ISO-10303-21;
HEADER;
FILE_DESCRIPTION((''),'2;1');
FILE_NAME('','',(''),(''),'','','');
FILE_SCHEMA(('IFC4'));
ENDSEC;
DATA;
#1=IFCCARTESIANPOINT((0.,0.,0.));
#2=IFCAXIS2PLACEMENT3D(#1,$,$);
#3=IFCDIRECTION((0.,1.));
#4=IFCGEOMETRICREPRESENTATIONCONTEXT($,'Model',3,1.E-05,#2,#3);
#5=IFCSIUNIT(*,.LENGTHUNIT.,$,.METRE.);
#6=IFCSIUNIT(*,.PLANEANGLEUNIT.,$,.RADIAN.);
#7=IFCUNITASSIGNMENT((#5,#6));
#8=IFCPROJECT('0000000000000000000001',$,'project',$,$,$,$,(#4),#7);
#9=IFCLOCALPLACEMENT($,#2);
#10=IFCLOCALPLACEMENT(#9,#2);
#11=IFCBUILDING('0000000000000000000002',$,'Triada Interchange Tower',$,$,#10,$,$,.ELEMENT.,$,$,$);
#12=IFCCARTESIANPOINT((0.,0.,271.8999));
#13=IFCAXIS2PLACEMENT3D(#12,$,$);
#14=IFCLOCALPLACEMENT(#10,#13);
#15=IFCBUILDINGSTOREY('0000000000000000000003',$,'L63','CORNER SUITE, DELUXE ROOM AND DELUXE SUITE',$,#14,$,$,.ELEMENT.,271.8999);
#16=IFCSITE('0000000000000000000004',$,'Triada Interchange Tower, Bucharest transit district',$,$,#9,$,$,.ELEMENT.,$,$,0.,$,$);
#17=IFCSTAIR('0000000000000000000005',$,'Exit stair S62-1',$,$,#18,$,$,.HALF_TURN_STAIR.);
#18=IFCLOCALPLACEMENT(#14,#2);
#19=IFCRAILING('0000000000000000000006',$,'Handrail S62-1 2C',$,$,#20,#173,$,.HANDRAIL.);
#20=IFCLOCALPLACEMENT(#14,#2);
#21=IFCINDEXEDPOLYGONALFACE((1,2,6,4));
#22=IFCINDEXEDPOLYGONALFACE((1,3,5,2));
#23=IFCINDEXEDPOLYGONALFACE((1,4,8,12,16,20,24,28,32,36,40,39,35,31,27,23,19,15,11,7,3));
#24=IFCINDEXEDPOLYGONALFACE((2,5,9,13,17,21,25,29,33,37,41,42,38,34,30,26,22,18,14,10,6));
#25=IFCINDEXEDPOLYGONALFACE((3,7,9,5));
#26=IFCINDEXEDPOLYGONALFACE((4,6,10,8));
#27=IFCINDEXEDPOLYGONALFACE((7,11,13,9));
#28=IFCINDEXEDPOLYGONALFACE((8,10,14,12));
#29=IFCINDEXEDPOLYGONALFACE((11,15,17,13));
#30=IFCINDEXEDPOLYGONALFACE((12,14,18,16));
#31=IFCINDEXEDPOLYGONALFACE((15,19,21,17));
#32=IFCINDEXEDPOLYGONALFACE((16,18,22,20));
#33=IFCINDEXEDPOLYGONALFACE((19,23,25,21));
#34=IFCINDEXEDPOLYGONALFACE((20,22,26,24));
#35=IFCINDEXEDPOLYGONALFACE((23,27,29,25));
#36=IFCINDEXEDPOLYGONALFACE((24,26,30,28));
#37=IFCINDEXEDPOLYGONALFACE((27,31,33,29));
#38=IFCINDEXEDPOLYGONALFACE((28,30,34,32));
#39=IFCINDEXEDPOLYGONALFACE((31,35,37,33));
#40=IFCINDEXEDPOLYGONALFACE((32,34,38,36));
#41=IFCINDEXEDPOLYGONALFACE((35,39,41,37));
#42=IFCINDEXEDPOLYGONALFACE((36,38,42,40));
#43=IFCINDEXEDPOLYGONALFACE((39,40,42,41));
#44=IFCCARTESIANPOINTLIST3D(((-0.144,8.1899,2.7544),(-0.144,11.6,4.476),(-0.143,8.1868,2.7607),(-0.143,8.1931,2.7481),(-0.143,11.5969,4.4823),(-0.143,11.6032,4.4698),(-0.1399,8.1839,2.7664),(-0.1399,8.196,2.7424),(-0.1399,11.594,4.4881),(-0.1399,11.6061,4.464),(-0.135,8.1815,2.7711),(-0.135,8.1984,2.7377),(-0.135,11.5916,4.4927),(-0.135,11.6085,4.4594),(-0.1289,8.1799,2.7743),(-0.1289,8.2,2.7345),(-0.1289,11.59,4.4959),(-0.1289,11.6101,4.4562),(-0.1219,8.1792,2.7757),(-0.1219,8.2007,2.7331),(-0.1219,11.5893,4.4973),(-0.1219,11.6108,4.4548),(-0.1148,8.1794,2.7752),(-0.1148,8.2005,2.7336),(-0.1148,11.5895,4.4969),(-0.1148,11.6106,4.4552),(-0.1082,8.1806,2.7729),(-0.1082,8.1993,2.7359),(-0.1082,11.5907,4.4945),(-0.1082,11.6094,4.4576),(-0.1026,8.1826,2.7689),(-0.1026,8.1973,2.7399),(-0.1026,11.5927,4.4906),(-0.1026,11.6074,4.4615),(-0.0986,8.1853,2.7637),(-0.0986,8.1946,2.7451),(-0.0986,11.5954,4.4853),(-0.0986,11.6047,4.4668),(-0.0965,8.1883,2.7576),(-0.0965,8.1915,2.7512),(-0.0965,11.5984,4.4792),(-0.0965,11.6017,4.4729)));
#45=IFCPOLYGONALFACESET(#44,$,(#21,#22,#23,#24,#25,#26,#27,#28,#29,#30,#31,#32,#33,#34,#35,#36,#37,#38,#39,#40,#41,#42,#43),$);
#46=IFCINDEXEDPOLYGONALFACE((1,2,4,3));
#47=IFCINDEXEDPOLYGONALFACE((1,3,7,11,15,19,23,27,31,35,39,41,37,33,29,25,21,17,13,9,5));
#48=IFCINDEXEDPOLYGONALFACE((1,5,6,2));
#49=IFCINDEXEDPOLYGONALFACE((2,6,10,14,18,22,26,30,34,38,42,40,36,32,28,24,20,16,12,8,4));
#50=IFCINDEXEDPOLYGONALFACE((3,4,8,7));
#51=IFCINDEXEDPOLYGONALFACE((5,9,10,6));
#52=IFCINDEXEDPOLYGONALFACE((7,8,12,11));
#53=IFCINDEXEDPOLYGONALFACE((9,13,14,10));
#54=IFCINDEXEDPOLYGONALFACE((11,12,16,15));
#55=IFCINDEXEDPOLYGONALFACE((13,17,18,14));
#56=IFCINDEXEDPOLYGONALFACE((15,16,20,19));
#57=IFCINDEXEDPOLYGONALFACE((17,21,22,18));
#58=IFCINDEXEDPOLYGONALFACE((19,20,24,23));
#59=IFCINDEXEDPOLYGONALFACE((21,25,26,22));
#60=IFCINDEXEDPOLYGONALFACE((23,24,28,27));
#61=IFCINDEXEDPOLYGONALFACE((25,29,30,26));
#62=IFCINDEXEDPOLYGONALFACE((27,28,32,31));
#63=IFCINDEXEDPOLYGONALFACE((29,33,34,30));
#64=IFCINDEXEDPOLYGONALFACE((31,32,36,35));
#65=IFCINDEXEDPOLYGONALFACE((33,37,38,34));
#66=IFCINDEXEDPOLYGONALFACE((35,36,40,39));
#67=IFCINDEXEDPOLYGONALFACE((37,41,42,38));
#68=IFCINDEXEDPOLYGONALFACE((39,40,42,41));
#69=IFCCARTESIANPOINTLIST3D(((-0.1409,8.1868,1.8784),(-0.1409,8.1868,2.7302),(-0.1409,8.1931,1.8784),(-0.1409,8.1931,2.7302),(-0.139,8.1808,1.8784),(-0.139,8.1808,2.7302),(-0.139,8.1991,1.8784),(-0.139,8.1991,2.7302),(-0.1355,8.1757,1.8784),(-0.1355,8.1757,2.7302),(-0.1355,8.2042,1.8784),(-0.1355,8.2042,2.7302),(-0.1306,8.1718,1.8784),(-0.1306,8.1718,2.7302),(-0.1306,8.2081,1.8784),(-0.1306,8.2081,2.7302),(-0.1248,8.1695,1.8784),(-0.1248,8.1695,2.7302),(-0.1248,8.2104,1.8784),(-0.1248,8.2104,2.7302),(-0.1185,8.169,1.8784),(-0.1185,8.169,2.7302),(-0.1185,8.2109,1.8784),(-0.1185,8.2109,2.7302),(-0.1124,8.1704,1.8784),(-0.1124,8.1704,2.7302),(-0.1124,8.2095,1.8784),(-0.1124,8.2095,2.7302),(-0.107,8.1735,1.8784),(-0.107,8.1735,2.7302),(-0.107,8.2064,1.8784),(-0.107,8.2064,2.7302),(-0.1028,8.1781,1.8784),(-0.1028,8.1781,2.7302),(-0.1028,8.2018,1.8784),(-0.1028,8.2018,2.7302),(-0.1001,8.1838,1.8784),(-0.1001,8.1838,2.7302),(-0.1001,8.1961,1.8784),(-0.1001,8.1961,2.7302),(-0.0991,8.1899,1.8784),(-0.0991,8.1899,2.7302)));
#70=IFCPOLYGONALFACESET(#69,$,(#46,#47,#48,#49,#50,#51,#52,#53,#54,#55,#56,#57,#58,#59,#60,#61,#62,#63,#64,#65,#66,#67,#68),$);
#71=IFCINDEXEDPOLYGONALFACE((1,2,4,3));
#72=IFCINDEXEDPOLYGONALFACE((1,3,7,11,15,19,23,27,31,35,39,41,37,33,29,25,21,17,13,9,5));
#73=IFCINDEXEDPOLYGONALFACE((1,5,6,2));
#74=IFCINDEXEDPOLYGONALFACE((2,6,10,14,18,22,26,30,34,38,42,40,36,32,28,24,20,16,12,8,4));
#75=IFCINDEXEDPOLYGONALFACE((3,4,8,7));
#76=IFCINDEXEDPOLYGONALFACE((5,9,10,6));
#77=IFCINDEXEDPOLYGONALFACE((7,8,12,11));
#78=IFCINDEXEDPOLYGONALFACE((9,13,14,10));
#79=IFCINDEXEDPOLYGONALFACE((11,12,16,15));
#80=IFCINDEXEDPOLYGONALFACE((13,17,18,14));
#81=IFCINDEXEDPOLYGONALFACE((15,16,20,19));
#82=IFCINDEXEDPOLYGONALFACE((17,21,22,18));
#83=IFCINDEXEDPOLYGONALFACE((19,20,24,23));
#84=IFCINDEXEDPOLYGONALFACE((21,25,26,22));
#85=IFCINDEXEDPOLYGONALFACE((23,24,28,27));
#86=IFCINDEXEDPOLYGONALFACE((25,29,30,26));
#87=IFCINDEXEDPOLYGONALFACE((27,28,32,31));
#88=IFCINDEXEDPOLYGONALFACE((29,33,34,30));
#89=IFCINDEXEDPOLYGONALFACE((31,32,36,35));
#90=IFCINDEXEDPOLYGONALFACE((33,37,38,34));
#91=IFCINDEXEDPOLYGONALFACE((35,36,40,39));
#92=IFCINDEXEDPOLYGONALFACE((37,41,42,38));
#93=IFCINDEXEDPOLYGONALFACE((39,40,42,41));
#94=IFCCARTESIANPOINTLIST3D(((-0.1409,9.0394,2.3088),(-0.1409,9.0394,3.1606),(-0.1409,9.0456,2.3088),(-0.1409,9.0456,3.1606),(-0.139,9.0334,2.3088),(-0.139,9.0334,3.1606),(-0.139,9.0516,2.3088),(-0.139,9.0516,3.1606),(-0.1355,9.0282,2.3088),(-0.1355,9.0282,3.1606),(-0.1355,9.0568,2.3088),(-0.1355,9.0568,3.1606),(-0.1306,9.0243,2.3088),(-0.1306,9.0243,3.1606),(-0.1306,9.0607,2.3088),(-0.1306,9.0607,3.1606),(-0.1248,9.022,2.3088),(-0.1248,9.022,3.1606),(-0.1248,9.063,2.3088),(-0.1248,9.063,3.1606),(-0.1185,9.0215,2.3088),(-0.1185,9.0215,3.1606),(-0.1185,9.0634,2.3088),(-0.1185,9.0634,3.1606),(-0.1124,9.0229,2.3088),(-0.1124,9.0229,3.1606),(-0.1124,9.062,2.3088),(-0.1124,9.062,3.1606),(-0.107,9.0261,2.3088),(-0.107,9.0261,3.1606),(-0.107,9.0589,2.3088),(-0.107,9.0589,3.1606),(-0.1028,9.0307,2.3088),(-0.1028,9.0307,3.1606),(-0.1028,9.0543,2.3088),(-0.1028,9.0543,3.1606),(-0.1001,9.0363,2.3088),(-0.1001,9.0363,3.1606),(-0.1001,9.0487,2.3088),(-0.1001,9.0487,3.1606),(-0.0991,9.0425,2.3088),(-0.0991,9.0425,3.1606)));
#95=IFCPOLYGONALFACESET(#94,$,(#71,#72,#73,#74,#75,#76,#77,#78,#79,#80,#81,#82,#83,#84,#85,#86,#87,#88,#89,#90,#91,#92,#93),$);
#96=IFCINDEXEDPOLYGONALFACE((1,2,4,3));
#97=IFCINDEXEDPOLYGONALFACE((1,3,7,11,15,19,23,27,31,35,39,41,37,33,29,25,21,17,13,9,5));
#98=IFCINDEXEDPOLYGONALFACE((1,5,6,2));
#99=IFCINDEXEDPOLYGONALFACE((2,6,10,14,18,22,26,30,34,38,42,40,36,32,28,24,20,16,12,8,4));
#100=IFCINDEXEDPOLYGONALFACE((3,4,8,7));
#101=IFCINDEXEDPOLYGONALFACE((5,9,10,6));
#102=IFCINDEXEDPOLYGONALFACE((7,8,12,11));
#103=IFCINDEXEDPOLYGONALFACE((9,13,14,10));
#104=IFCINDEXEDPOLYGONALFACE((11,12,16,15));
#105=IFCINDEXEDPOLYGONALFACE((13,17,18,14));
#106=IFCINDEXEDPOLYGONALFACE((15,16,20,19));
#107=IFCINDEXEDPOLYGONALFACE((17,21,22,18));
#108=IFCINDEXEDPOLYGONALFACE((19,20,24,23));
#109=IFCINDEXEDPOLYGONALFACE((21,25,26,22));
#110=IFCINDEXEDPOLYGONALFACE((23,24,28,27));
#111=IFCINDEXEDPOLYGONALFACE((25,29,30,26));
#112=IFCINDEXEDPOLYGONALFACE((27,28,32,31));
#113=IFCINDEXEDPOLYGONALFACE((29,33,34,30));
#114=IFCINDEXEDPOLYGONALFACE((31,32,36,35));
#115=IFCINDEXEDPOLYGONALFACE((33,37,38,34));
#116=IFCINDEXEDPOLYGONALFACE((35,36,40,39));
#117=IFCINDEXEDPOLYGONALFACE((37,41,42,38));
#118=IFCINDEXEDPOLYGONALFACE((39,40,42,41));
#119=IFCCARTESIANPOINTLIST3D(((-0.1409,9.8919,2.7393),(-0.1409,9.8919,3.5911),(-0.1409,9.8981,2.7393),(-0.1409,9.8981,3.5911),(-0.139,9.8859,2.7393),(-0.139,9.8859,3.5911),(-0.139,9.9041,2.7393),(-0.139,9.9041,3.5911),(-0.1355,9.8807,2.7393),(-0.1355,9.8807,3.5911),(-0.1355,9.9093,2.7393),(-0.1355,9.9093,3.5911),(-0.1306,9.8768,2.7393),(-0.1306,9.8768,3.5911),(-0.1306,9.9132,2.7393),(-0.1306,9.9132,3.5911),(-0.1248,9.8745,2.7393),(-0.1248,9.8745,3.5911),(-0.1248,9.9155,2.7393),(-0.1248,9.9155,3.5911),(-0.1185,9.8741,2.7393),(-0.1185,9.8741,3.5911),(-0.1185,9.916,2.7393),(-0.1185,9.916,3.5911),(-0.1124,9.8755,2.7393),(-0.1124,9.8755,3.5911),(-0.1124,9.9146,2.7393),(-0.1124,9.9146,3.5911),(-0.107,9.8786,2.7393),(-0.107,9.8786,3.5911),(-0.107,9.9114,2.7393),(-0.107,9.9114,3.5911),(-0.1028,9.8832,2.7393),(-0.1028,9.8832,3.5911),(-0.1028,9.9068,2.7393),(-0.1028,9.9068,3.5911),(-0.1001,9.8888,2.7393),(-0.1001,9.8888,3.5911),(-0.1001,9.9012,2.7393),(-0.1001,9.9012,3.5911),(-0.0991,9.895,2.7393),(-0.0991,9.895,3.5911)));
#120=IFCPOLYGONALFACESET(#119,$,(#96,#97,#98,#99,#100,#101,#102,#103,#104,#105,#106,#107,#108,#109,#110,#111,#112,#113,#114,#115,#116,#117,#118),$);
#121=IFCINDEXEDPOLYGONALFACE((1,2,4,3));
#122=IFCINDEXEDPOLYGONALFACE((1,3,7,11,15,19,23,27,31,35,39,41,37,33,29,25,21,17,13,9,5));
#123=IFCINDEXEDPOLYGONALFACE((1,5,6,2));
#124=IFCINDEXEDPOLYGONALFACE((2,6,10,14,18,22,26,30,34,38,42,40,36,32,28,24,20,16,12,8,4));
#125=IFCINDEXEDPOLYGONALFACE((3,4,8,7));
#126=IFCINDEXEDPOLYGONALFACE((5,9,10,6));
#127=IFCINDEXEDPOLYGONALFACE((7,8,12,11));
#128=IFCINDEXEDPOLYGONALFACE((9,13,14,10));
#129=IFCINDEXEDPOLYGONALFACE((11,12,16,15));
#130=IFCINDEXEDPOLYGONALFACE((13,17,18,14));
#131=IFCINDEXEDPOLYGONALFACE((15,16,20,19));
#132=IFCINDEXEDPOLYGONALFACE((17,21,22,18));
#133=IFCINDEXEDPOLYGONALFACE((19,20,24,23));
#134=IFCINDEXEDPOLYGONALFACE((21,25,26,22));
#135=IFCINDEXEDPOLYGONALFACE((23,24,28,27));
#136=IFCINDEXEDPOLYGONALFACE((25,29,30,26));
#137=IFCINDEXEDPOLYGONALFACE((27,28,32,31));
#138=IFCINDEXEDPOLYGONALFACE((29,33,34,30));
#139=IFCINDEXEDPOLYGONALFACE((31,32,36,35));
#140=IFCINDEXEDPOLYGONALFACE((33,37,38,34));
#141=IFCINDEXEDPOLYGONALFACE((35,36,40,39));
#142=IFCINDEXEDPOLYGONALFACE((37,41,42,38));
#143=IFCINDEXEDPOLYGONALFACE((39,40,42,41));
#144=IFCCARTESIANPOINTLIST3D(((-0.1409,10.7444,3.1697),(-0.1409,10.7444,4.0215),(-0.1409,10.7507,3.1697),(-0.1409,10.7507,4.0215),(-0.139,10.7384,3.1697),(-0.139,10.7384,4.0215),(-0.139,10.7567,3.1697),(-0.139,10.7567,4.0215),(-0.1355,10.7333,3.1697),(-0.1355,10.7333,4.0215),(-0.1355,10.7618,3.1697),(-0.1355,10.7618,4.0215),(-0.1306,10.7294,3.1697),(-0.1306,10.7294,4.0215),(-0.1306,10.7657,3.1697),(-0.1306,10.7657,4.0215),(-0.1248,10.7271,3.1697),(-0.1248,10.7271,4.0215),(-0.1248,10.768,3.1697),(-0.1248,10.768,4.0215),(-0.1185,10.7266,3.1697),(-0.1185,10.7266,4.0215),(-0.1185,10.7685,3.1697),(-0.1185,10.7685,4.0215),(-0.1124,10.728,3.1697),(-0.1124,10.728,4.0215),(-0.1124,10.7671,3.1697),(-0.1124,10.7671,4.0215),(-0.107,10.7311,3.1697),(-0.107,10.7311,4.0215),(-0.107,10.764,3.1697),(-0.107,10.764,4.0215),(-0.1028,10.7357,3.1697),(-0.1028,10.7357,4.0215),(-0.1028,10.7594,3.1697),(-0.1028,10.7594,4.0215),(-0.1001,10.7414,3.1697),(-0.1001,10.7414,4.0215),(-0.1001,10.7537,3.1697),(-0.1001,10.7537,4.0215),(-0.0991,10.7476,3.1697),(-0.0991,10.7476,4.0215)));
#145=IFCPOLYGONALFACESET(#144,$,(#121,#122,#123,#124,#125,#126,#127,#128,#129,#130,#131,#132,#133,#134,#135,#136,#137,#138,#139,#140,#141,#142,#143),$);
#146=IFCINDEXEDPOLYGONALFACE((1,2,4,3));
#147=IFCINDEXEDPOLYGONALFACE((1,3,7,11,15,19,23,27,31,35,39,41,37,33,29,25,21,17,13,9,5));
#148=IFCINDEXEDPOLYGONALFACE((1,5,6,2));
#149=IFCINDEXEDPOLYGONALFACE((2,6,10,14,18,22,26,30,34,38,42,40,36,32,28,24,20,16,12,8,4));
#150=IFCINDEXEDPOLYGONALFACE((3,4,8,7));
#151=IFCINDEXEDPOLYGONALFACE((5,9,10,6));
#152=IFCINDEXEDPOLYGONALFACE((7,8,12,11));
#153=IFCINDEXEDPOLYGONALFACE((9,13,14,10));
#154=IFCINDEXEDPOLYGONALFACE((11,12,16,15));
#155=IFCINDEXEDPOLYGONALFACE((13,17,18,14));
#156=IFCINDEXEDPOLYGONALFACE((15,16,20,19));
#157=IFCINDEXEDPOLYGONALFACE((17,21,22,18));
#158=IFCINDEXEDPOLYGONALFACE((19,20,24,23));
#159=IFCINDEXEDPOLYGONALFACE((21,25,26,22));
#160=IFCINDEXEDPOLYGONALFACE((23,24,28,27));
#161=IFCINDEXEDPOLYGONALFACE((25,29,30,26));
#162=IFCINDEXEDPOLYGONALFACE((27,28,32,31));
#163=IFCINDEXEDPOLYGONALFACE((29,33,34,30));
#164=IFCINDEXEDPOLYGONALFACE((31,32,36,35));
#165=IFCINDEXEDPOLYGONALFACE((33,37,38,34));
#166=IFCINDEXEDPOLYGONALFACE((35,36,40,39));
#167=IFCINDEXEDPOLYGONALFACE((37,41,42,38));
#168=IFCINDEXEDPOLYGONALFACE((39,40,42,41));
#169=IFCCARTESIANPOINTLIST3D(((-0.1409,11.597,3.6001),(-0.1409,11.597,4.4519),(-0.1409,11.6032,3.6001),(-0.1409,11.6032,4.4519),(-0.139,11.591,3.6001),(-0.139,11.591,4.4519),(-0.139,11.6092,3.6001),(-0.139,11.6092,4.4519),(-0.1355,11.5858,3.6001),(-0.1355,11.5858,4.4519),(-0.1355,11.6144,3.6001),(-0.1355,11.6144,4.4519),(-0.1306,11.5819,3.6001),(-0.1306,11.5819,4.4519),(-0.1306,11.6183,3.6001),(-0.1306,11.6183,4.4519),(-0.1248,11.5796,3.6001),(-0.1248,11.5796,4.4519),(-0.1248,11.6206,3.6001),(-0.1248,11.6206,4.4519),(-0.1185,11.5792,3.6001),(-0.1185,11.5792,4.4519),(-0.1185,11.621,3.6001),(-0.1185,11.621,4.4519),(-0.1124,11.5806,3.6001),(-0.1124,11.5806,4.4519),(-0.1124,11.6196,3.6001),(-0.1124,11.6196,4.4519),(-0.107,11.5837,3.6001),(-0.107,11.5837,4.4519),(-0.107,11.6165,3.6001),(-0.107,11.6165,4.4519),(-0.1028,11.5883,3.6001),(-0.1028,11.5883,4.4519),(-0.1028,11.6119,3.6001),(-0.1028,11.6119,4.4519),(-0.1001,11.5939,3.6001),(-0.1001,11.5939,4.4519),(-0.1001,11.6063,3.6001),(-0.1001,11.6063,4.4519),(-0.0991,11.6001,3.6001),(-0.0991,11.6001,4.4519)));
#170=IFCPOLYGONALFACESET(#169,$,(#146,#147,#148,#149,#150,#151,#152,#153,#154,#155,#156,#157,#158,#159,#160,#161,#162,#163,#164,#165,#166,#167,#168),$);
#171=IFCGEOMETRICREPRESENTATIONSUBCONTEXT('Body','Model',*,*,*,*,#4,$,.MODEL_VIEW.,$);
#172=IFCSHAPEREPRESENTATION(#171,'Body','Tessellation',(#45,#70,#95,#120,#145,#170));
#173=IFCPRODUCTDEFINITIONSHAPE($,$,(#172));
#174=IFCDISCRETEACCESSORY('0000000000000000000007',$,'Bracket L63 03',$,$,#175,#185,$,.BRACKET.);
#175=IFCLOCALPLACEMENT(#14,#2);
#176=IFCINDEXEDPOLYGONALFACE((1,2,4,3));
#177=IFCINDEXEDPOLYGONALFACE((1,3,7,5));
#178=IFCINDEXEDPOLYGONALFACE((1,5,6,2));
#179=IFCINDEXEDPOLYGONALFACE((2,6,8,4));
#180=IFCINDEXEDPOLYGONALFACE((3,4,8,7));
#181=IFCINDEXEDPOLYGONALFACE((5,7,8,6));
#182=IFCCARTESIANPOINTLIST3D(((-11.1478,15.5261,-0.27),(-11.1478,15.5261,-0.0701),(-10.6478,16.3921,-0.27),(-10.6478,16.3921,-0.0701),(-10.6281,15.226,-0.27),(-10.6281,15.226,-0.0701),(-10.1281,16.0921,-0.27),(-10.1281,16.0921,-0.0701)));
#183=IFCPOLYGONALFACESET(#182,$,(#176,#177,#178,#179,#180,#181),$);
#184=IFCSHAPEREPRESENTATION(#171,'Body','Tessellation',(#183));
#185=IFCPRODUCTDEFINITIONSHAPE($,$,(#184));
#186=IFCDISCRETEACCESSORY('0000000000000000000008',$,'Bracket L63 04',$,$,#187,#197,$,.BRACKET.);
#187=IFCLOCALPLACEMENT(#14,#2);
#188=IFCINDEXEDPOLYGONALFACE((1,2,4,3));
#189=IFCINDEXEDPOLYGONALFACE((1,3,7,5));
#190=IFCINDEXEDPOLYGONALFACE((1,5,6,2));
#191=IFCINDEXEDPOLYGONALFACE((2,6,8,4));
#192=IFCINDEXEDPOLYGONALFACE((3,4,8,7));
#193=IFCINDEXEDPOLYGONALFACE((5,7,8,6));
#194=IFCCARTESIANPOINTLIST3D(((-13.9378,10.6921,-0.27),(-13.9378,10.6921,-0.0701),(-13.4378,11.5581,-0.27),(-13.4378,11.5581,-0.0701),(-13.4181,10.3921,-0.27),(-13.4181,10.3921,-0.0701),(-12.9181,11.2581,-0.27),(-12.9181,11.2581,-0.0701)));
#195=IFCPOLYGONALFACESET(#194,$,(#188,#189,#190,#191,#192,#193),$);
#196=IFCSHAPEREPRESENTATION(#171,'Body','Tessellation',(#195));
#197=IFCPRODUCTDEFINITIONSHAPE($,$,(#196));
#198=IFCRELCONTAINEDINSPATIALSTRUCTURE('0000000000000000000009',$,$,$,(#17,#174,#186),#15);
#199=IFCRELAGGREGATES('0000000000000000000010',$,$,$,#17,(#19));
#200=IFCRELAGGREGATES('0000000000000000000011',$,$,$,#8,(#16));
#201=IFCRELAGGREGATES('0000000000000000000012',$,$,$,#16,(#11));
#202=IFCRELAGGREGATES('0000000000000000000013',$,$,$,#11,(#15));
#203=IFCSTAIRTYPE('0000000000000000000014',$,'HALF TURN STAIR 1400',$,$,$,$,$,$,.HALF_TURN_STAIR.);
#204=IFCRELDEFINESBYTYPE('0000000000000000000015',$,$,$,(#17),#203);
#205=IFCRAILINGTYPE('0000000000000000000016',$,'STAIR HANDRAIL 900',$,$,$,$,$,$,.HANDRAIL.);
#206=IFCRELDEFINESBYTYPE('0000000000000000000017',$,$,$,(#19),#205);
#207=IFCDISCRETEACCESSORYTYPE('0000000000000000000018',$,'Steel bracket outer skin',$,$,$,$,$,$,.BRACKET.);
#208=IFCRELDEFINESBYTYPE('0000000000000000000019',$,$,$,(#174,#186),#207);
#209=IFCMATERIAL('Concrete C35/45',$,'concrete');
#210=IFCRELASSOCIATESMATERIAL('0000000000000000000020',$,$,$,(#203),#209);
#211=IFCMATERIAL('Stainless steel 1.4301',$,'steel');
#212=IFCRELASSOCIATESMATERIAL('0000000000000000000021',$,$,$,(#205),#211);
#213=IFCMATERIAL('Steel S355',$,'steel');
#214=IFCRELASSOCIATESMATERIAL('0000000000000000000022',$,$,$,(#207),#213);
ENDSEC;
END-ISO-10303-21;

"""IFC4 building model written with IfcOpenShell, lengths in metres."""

from ifc_helpers import new_model, si_unit, direction, frame, origin, origin_2d, place, context, subcontext, project, spatial, rectangle, circle, extrude, material, type_object, element, aggregate, save


model = new_model("IFC4")

# Units and contexts
model_context = context("Model", 3, precision=1e-05, world=origin(), true_north=direction((0.0, 1.0)))
body_context = subcontext(model_context, "Body", "Model", "MODEL_VIEW")
ifc_project = project(units=[si_unit("LENGTHUNIT", "METRE"), si_unit("PLANEANGLEUNIT", "RADIAN")], contexts=[model_context])

# Site, building, storey
site_placement = place(None, origin())
site = spatial("IfcSite", under=ifc_project, at=site_placement, Name="Triada Interchange Tower, Bucharest transit district", CompositionType="ELEMENT", RefElevation=0.0)
building_placement = place(site_placement, origin())
building = spatial("IfcBuilding", under=site, at=building_placement, Name="Triada Interchange Tower", CompositionType="ELEMENT")
storey_placement = place(building_placement, frame((0.0, 0.0, 271.8999)))
storey = spatial("IfcBuildingStorey", under=building, at=storey_placement, Name="L63", Description="CORNER SUITE, DELUXE ROOM AND DELUXE SUITE", CompositionType="ELEMENT", Elevation=271.8999)

# Stair
ifc_material_1 = material(Name="Concrete C35/45", Category="concrete")
stair_type = type_object("IfcStairType", Name="HALF TURN STAIR 1400", PredefinedType="HALF_TURN_STAIR", material=ifc_material_1)
stair_placement = place(storey_placement, origin())
stair = element("IfcStair", 1, at=stair_placement, inside=storey, type_object=stair_type, Name="Exit stair S62-1", PredefinedType="HALF_TURN_STAIR")

# Railing
ifc_material_2 = material(Name="Stainless steel 1.4301", Category="steel")
railing_type = type_object("IfcRailingType", Name="STAIR HANDRAIL 900", PredefinedType="HANDRAIL", material=ifc_material_2)
railing_1_placement = place(storey_placement, frame((-0.1201, 8.1899, 1.8784)))
railing_1 = element("IfcRailing", 2, at=railing_1_placement, type_object=railing_type, Name="Handrail S62-1 2C", PredefinedType="HANDRAIL", context=body_context, shape_type="SweptSolid", body=[
    extrude(circle(Radius=0.0239, at=origin_2d()), frame((0.0, 0.0, 0.876), z_axis=(0.0, 0.892682, 0.450687), x_axis=(-1.0, 0.0, 0.0)), (0.0, 0.0, 1.0), 3.8201),
    extrude(circle(Radius=0.021, at=origin_2d()), origin(), (0.0, 0.0, 1.0), 0.8518),
    extrude(circle(Radius=0.021, at=origin_2d()), frame((0.0, 0.8525, 0.4304)), (0.0, 0.0, 1.0), 0.8518),
    extrude(circle(Radius=0.021, at=origin_2d()), frame((0.0, 1.7051, 0.8608)), (0.0, 0.0, 1.0), 0.8518),
    extrude(circle(Radius=0.021, at=origin_2d()), frame((0.0, 2.5576, 1.2913)), (0.0, 0.0, 1.0), 0.8518),
    extrude(circle(Radius=0.021, at=origin_2d()), frame((0.0, 3.4102, 1.7217)), (0.0, 0.0, 1.0), 0.8518),
])
aggregate(stair, [railing_1])

# Discrete accessories
ifc_material_3 = material(Name="Steel S355", Category="steel")
discrete_accessory_type = type_object("IfcDiscreteAccessoryType", Name="Steel bracket outer skin", PredefinedType="BRACKET", material=ifc_material_3)
for number, where, z_axis, x_axis, name in (
    (3, (-10.6379, 15.8091, -0.27), (0.0, 0.0, 1.0), (-0.866029, 0.499994, 0.0), "Bracket L63 03"),
    (4, (-13.428, 10.9751, -0.27), (0.0, 0.0, 1.0), (-0.866029, 0.499994, 0.0), "Bracket L63 04"),
):
    element("IfcDiscreteAccessory", number, at=place(storey_placement, frame(where, z_axis=z_axis, x_axis=x_axis)), inside=storey, type_object=discrete_accessory_type, Name=name, PredefinedType="BRACKET", context=body_context, shape_type="SweptSolid", body=[
        extrude(rectangle(XDim=0.6001, YDim=1.0, at=origin_2d()), origin(), (0.0, 0.0, 1.0), 0.2),
    ])

save(model, "model.ifc")
